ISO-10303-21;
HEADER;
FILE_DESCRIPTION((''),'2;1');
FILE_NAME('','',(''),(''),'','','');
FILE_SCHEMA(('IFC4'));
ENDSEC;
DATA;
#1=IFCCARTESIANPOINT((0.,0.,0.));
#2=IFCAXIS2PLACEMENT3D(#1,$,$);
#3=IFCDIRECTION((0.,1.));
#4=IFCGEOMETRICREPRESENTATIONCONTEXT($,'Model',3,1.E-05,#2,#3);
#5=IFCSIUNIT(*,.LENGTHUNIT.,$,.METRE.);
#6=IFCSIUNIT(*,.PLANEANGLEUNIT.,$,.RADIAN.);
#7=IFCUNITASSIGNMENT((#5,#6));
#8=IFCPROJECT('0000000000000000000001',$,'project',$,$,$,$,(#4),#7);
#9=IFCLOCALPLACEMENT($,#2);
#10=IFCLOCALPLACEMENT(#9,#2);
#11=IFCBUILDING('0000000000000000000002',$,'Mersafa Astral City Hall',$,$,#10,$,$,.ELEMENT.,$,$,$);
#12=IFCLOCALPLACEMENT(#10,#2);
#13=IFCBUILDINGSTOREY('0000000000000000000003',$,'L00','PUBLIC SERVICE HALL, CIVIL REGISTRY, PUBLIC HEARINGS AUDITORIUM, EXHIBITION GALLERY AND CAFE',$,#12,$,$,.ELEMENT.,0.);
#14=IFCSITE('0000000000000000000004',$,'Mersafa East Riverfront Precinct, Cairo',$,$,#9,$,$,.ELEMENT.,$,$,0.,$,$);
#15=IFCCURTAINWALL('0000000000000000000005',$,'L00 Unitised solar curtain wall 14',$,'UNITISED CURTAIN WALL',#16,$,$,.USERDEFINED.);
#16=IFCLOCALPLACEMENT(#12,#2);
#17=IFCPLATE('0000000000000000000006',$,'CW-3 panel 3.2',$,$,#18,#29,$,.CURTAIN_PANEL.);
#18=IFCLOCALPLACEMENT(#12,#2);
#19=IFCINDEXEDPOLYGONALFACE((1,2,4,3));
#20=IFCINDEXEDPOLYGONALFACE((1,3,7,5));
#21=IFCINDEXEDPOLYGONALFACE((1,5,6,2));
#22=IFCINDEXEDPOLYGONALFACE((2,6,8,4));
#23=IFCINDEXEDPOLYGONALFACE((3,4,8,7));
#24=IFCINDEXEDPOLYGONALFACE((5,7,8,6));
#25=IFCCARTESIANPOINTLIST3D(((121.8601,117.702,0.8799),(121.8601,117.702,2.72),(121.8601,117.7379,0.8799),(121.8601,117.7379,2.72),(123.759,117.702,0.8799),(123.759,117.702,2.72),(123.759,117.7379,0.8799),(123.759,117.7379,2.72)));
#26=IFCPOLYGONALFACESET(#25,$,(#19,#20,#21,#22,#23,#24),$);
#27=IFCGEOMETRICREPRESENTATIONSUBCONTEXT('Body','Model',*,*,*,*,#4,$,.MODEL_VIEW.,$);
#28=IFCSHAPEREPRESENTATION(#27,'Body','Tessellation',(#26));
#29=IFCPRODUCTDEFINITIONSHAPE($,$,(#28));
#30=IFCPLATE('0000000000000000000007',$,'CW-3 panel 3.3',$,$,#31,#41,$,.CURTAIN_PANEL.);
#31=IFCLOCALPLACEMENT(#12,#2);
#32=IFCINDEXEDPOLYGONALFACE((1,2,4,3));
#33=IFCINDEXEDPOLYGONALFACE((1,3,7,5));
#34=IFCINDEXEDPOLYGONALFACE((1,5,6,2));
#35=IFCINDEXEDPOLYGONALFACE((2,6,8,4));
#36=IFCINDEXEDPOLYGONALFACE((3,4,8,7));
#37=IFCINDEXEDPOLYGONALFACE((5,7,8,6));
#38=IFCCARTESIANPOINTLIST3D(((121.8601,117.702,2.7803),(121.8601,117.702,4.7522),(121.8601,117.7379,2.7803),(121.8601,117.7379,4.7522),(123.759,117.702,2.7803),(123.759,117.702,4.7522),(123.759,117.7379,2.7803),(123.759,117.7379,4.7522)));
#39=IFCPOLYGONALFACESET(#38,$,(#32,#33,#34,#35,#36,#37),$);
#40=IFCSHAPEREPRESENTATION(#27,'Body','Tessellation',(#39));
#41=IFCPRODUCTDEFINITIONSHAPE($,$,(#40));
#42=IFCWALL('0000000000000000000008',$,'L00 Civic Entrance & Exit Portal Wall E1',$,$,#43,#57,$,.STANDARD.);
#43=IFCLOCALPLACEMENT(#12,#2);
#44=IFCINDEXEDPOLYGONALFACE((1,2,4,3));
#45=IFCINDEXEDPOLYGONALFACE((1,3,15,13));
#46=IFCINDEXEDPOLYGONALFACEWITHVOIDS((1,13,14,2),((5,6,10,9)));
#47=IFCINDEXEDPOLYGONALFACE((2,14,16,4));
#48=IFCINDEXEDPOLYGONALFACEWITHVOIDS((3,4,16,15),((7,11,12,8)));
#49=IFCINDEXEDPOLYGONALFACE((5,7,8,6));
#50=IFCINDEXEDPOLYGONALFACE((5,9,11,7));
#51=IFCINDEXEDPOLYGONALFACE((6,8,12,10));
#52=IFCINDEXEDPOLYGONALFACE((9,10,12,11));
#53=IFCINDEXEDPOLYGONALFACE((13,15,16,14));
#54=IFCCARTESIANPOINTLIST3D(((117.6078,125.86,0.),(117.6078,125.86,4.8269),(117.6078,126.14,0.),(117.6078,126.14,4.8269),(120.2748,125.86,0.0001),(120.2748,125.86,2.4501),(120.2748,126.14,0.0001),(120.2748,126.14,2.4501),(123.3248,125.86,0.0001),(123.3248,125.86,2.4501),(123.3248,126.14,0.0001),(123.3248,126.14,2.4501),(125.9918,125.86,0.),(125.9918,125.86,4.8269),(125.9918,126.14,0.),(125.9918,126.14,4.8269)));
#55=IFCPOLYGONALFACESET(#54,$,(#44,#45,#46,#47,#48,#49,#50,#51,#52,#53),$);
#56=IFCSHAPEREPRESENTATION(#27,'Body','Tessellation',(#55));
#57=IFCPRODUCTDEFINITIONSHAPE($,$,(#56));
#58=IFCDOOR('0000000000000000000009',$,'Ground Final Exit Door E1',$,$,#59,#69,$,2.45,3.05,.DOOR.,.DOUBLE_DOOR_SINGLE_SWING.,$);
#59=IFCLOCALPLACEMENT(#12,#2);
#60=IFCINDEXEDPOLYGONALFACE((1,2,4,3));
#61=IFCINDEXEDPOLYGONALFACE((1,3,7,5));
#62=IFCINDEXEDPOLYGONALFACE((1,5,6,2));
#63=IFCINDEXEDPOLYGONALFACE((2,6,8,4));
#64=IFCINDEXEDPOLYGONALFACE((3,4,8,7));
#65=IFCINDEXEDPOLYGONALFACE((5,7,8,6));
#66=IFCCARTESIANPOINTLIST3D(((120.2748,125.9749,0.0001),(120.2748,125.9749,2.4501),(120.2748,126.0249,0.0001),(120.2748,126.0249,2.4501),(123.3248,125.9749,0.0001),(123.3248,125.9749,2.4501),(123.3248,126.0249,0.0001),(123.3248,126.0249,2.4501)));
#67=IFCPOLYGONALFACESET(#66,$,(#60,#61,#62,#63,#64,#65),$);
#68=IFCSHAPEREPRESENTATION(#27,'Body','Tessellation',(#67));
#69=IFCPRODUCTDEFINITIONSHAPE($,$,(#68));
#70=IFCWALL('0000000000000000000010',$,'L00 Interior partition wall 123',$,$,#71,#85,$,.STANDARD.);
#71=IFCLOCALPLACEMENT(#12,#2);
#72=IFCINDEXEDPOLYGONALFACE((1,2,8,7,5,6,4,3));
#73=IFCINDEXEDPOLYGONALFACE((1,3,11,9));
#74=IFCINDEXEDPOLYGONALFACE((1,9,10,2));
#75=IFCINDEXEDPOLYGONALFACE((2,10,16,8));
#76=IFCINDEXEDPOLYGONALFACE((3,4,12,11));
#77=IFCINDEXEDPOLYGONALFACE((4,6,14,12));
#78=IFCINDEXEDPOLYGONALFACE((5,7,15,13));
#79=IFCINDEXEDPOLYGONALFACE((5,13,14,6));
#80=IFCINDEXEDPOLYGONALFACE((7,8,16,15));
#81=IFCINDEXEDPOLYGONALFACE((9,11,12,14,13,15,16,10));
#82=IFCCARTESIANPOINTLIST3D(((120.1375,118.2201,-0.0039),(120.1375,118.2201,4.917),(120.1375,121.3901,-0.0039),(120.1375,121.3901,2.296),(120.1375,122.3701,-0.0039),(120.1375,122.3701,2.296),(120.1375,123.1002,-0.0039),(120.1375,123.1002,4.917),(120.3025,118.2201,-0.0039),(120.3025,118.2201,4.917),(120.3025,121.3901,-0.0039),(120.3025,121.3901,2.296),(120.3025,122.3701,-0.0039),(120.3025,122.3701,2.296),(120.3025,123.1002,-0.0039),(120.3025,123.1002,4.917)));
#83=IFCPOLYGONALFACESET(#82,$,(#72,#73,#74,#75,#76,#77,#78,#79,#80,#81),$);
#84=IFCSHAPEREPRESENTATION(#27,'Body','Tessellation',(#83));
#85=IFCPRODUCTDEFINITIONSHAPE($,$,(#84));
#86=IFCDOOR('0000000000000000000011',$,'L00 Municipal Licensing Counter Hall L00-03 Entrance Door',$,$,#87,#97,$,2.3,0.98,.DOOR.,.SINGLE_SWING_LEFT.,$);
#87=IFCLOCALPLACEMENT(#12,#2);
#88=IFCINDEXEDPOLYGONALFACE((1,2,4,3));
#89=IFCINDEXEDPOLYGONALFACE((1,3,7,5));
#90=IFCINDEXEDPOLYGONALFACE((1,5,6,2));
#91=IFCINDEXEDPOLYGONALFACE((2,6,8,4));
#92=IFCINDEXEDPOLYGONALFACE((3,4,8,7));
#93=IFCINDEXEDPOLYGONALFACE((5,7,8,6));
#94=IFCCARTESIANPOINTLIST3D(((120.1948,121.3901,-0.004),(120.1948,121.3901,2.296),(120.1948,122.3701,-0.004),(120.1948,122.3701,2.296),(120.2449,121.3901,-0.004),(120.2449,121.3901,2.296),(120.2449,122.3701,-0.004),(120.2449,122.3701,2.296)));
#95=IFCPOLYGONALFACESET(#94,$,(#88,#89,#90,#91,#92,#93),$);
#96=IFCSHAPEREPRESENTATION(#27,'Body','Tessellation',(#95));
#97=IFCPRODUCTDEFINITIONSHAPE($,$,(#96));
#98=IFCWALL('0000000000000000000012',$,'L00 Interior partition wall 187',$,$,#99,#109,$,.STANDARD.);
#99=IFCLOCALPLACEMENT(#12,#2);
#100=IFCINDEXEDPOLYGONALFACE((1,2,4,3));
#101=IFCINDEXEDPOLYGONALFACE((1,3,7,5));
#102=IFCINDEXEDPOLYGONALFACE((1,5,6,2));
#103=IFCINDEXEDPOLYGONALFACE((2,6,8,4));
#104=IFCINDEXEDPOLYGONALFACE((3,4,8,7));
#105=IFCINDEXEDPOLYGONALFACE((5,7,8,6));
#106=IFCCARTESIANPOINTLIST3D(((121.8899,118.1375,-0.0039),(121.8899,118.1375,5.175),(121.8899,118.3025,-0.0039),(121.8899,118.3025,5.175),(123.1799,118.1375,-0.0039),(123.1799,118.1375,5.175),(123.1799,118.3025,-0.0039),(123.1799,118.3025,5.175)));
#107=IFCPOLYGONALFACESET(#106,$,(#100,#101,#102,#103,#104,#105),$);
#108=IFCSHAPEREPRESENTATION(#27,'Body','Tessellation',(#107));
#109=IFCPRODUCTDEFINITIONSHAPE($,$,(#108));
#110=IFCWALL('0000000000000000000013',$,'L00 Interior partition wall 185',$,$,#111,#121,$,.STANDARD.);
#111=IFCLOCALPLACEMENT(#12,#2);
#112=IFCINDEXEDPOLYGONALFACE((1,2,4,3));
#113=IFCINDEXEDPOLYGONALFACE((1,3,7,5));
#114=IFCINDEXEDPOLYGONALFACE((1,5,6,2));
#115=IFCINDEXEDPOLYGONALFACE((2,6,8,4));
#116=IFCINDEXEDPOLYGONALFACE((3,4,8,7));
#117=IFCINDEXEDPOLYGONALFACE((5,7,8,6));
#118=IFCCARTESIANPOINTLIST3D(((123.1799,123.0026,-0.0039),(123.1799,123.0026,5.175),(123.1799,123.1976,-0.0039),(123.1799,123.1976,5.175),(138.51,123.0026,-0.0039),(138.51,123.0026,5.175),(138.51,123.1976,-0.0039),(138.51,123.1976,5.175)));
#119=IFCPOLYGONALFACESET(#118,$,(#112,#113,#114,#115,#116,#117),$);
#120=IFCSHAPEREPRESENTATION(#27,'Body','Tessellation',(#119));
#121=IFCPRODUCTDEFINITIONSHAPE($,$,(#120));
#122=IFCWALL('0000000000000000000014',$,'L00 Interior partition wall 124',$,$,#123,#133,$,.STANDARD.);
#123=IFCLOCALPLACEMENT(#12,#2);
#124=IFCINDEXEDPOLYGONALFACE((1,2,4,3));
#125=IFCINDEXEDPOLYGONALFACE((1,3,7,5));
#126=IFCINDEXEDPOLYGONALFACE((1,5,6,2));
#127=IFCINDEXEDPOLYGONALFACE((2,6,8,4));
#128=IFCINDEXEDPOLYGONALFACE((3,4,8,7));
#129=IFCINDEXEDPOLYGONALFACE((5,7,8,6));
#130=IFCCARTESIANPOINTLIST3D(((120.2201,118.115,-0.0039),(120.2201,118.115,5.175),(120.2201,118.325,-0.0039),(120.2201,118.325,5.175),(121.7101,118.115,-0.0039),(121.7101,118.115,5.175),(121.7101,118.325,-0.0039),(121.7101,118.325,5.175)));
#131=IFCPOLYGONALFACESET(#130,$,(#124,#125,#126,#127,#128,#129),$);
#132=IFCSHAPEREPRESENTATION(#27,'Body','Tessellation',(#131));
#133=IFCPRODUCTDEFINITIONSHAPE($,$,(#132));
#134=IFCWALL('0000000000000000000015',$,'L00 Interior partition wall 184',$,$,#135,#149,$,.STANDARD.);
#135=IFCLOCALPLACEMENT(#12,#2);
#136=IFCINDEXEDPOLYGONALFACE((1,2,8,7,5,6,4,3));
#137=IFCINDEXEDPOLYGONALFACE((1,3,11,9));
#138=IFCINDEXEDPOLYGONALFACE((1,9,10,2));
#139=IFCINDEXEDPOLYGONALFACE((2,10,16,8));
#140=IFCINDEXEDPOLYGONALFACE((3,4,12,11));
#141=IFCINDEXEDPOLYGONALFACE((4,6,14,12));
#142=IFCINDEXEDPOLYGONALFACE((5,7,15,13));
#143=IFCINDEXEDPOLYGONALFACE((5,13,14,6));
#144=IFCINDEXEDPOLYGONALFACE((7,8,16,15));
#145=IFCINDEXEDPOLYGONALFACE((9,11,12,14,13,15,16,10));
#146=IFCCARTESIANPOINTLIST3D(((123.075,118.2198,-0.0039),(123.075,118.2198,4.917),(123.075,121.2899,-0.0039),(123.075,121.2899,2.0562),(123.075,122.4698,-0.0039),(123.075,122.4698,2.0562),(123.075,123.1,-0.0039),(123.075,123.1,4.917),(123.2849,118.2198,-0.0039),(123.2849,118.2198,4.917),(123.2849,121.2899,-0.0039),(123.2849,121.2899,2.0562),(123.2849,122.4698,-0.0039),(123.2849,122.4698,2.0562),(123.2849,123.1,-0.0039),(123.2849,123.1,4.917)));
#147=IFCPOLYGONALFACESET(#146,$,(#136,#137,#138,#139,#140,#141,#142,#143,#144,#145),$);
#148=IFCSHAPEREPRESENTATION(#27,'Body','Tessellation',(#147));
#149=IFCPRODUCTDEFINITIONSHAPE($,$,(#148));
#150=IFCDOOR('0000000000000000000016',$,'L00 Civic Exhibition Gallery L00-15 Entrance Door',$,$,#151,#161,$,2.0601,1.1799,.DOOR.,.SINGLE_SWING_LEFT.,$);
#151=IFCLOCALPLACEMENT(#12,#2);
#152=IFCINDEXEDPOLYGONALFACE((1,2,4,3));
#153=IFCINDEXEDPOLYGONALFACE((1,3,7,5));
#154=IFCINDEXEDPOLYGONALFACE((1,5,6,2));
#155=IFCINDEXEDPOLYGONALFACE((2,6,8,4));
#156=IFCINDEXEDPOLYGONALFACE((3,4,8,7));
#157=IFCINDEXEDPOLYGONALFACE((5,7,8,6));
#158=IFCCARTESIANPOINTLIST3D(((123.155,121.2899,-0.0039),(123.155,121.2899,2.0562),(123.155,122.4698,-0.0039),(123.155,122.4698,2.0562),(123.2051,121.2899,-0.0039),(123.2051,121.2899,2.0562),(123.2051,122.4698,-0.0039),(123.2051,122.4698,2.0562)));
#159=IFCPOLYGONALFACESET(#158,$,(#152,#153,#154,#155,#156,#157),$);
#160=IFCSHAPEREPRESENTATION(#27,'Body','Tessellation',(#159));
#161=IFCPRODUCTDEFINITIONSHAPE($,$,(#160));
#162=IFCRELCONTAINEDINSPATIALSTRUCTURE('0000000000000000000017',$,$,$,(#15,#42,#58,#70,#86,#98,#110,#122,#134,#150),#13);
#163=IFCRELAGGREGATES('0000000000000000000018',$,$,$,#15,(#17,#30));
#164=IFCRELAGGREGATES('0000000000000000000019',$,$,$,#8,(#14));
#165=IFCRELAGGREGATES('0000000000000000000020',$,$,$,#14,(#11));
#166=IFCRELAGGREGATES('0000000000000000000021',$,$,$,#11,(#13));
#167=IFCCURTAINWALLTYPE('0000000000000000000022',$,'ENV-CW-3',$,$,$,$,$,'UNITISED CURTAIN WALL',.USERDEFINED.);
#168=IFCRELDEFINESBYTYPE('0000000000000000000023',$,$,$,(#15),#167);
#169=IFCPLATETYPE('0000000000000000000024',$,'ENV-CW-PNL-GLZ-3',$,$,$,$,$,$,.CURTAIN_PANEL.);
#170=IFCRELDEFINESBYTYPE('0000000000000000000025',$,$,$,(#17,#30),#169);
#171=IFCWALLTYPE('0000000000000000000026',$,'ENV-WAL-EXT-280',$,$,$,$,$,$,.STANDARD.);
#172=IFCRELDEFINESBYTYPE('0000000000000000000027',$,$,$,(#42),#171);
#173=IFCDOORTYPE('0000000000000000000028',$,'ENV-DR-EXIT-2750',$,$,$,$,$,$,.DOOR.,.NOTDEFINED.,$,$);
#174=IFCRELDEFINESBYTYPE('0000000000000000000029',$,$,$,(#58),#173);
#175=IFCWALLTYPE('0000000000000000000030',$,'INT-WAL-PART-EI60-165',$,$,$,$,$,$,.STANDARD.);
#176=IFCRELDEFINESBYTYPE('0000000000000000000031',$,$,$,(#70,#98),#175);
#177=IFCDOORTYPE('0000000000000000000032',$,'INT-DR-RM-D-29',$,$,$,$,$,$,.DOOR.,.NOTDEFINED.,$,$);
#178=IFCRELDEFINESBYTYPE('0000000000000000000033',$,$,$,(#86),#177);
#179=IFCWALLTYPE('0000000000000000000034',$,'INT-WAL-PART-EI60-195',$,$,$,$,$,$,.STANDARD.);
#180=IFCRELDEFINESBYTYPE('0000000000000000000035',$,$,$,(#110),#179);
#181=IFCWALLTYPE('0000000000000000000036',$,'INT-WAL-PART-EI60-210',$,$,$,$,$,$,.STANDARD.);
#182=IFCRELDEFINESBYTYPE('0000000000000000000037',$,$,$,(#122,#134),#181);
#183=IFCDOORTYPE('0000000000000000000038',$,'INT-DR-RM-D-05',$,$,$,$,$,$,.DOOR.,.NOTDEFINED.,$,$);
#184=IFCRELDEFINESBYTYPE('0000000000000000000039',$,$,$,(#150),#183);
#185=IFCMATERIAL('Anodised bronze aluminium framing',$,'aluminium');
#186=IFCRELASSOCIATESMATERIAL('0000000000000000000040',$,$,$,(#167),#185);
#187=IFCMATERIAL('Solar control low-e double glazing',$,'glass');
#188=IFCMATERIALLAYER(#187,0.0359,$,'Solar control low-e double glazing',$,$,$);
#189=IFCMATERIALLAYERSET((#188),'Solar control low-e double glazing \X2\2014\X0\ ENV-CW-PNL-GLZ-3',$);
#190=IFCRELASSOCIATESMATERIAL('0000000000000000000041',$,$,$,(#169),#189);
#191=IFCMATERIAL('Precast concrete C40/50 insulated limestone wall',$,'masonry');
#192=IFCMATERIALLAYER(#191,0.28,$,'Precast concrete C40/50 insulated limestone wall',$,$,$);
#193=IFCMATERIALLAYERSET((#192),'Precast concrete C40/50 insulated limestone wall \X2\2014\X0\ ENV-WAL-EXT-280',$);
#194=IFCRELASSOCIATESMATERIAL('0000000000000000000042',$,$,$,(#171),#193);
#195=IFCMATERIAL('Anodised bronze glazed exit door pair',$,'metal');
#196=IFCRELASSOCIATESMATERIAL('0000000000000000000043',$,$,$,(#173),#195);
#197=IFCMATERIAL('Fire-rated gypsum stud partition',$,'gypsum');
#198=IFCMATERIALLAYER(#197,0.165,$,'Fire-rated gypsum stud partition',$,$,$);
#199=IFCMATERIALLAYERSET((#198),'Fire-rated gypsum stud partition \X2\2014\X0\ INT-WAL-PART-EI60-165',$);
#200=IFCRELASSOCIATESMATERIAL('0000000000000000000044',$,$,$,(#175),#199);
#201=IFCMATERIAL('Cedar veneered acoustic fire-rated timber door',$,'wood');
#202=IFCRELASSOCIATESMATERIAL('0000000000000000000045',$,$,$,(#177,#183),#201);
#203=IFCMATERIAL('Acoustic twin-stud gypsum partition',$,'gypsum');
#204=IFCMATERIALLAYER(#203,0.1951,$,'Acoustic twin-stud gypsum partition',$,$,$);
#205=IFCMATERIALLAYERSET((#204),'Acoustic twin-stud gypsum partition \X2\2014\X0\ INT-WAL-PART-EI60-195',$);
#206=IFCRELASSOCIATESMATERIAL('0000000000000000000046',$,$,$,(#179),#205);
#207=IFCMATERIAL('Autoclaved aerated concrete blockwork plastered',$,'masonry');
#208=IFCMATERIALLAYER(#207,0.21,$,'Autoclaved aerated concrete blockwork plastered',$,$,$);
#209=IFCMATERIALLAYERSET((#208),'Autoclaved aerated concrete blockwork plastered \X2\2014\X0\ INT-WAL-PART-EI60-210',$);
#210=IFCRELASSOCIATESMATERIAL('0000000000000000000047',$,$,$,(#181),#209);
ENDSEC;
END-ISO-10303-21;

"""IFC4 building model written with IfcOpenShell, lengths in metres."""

from ifc_helpers import new_model, si_unit, direction, frame, frame_2d, origin, origin_2d, place, context, subcontext, project, spatial, rectangle, extrude, material, layer, layer_set, type_object, element, fill, aggregate, save


model = new_model("IFC4")

# Units and contexts
model_context = context("Model", 3, precision=1e-05, world=origin(), true_north=direction((0.0, 1.0)))
body_context = subcontext(model_context, "Body", "Model", "MODEL_VIEW")
ifc_project = project(units=[si_unit("LENGTHUNIT", "METRE"), si_unit("PLANEANGLEUNIT", "RADIAN")], contexts=[model_context])

# Site, building, storey
site_placement = place(None, origin())
site = spatial("IfcSite", under=ifc_project, at=site_placement, Name="Mersafa East Riverfront Precinct, Cairo", CompositionType="ELEMENT", RefElevation=0.0)
building_placement = place(site_placement, origin())
building = spatial("IfcBuilding", under=site, at=building_placement, Name="Mersafa Astral City Hall", CompositionType="ELEMENT")
storey_placement = place(building_placement, origin())
storey = spatial("IfcBuildingStorey", under=building, at=storey_placement, Name="L00", Description="PUBLIC SERVICE HALL, CIVIL REGISTRY, PUBLIC HEARINGS AUDITORIUM, EXHIBITION GALLERY AND CAFE", CompositionType="ELEMENT", Elevation=0.0)

# Curtain wall
ifc_material_1 = material(Name="Anodised bronze aluminium framing", Category="aluminium")
curtain_wall_type = type_object("IfcCurtainWallType", Name="ENV-CW-3", ElementType="UNITISED CURTAIN WALL", PredefinedType="USERDEFINED", material=ifc_material_1)
curtain_wall_placement = place(storey_placement, origin())
curtain_wall = element("IfcCurtainWall", 1, at=curtain_wall_placement, inside=storey, type_object=curtain_wall_type, Name="L00 Unitised solar curtain wall 14", ObjectType="UNITISED CURTAIN WALL", PredefinedType="USERDEFINED")

# Plates
ifc_material_2 = material(Name="Solar control low-e double glazing", Category="glass")
ifc_layer_1 = layer(ifc_material_2, 0.0359, Name="Solar control low-e double glazing")
ifc_layer_set_1 = layer_set([ifc_layer_1], Name="Solar control low-e double glazing — ENV-CW-PNL-GLZ-3")
plate_type = type_object("IfcPlateType", Name="ENV-CW-PNL-GLZ-3", PredefinedType="CURTAIN_PANEL", material=ifc_layer_set_1)
plate_1_placement = place(storey_placement, frame((122.8096, 117.72, 0.8799), z_axis=(0.0, 0.0, 1.0), x_axis=(1.0, 0.0, 0.0)))
plate_1 = element("IfcPlate", 2, at=plate_1_placement, type_object=plate_type, Name="CW-3 panel 3.2", PredefinedType="CURTAIN_PANEL", context=body_context, shape_type="SweptSolid", body=[
    extrude(rectangle(XDim=1.8989, YDim=0.0359, at=origin_2d()), origin(), (0.0, 0.0, 1.0), 1.8401),
])
plate_2_placement = place(storey_placement, frame((122.8096, 117.72, 2.7803), z_axis=(0.0, 0.0, 1.0), x_axis=(1.0, 0.0, 0.0)))
plate_2 = element("IfcPlate", 3, at=plate_2_placement, type_object=plate_type, Name="CW-3 panel 3.3", PredefinedType="CURTAIN_PANEL", context=body_context, shape_type="SweptSolid", body=[
    extrude(rectangle(XDim=1.8989, YDim=0.0359, at=origin_2d()), origin(), (0.0, 0.0, 1.0), 1.9719),
])
aggregate(curtain_wall, [plate_1, plate_2])

# Walls, openings, doors
ifc_material_3 = material(Name="Precast concrete C40/50 insulated limestone wall", Category="masonry")
ifc_layer_2 = layer(ifc_material_3, 0.28, Name="Precast concrete C40/50 insulated limestone wall")
ifc_layer_set_2 = layer_set([ifc_layer_2], Name="Precast concrete C40/50 insulated limestone wall — ENV-WAL-EXT-280")
wall_type_1 = type_object("IfcWallType", Name="ENV-WAL-EXT-280", PredefinedType="STANDARD", material=ifc_layer_set_2)
wall_1_placement = place(storey_placement, frame((117.6079, 126.0, 0.0), z_axis=(0.0, 0.0, 1.0), x_axis=(1.0, 0.0, 0.0)))
wall_1 = element("IfcWall", 4, at=wall_1_placement, inside=storey, type_object=wall_type_1, Name="L00 Civic Entrance & Exit Portal Wall E1", PredefinedType="STANDARD", context=body_context, shape_type="SweptSolid", body=[
    extrude(rectangle(XDim=8.384, YDim=0.28, at=frame_2d((4.1919, 0.0))), origin(), (0.0, 0.0, 1.0), 4.8269),
])
opening_1_placement = place(wall_1_placement, frame((2.667, 0.0, 0.0)))
opening_1 = element("IfcOpeningElement", 5, at=opening_1_placement, cuts=wall_1, PredefinedType="OPENING", context=body_context, shape_type="SweptSolid", body=[
    extrude(rectangle(XDim=3.05, YDim=2.45, at=frame_2d((1.5249, 1.2251))), frame((0.0, 0.1499, 0.0), z_axis=(0.0, -1.0, 0.0), x_axis=(1.0, 0.0, 0.0)), (0.0, 0.0, 1.0), 0.3),
])
ifc_material_4 = material(Name="Anodised bronze glazed exit door pair", Category="metal")
door_type_1 = type_object("IfcDoorType", Name="ENV-DR-EXIT-2750", OperationType="NOTDEFINED", PredefinedType="DOOR", material=ifc_material_4)
door_1_placement = place(opening_1_placement, origin())
door_1 = element("IfcDoor", 6, at=door_1_placement, inside=storey, type_object=door_type_1, Name="Ground Final Exit Door E1", OperationType="DOUBLE_DOOR_SINGLE_SWING", OverallHeight=2.45, OverallWidth=3.05, PredefinedType="DOOR", context=body_context, shape_type="SweptSolid", body=[
    extrude(rectangle(XDim=3.05, YDim=2.45, at=frame_2d((1.5249, 1.2251))), frame((0.0, 0.0249, 0.0), z_axis=(0.0, -1.0, 0.0), x_axis=(1.0, 0.0, 0.0)), (0.0, 0.0, 1.0), 0.05),
])
fill(opening_1, door_1)
ifc_material_5 = material(Name="Fire-rated gypsum stud partition", Category="gypsum")
ifc_layer_3 = layer(ifc_material_5, 0.165, Name="Fire-rated gypsum stud partition")
ifc_layer_set_3 = layer_set([ifc_layer_3], Name="Fire-rated gypsum stud partition — INT-WAL-PART-EI60-165")
wall_type_2 = type_object("IfcWallType", Name="INT-WAL-PART-EI60-165", PredefinedType="STANDARD", material=ifc_layer_set_3)
wall_2_placement = place(storey_placement, frame((120.22, 123.1001, -0.0039), z_axis=(0.0, 0.0, 1.0), x_axis=(0.0, -1.0, 0.0)))
wall_2 = element("IfcWall", 7, at=wall_2_placement, inside=storey, type_object=wall_type_2, Name="L00 Interior partition wall 123", PredefinedType="STANDARD", context=body_context, shape_type="SweptSolid", body=[
    extrude(rectangle(XDim=4.8801, YDim=0.165, at=frame_2d((2.4399, 0.0))), origin(), (0.0, 0.0, 1.0), 4.9209),
])
opening_2_placement = place(wall_2_placement, frame((0.73, 0.0, 0.0)))
opening_2 = element("IfcOpeningElement", 8, at=opening_2_placement, cuts=wall_2, PredefinedType="OPENING", context=body_context, shape_type="SweptSolid", body=[
    extrude(rectangle(XDim=0.98, YDim=2.3, at=frame_2d((0.49, 1.1499))), frame((0.0, 0.0925, 0.0), z_axis=(0.0, -1.0, 0.0), x_axis=(1.0, 0.0, 0.0)), (0.0, 0.0, 1.0), 0.1851),
])
ifc_material_6 = material(Name="Cedar veneered acoustic fire-rated timber door", Category="wood")
door_type_2 = type_object("IfcDoorType", Name="INT-DR-RM-D-29", OperationType="NOTDEFINED", PredefinedType="DOOR", material=ifc_material_6)
door_2_placement = place(opening_2_placement, origin())
door_2 = element("IfcDoor", 9, at=door_2_placement, inside=storey, type_object=door_type_2, Name="L00 Municipal Licensing Counter Hall L00-03 Entrance Door", OperationType="SINGLE_SWING_LEFT", OverallHeight=2.3, OverallWidth=0.98, PredefinedType="DOOR", context=body_context, shape_type="SweptSolid", body=[
    extrude(rectangle(XDim=0.98, YDim=2.3, at=frame_2d((0.49, 1.1499))), frame((0.0, 0.0249, 0.0), z_axis=(0.0, -1.0, 0.0), x_axis=(1.0, 0.0, 0.0)), (0.0, 0.0, 1.0), 0.05),
])
fill(opening_2, door_2)

# Walls
wall_3_placement = place(storey_placement, frame((121.8899, 118.22, -0.0039), z_axis=(0.0, 0.0, 1.0), x_axis=(1.0, 0.0, 0.0)))
element("IfcWall", 10, at=wall_3_placement, inside=storey, type_object=wall_type_2, Name="L00 Interior partition wall 187", PredefinedType="STANDARD", context=body_context, shape_type="SweptSolid", body=[
    extrude(rectangle(XDim=1.29, YDim=0.165, at=frame_2d((0.645, 0.0))), origin(), (0.0, 0.0, 1.0), 5.179),
])
ifc_material_7 = material(Name="Acoustic twin-stud gypsum partition", Category="gypsum")
ifc_layer_4 = layer(ifc_material_7, 0.1951, Name="Acoustic twin-stud gypsum partition")
ifc_layer_set_4 = layer_set([ifc_layer_4], Name="Acoustic twin-stud gypsum partition — INT-WAL-PART-EI60-195")
wall_type_3 = type_object("IfcWallType", Name="INT-WAL-PART-EI60-195", PredefinedType="STANDARD", material=ifc_layer_set_4)
wall_4_placement = place(storey_placement, frame((123.1799, 123.1001, -0.0039), z_axis=(0.0, 0.0, 1.0), x_axis=(1.0, 0.0, 0.0)))
element("IfcWall", 11, at=wall_4_placement, inside=storey, type_object=wall_type_3, Name="L00 Interior partition wall 185", PredefinedType="STANDARD", context=body_context, shape_type="SweptSolid", body=[
    extrude(rectangle(XDim=15.3301, YDim=0.1951, at=frame_2d((7.665, 0.0))), origin(), (0.0, 0.0, 1.0), 5.179),
])
ifc_material_8 = material(Name="Autoclaved aerated concrete blockwork plastered", Category="masonry")
ifc_layer_5 = layer(ifc_material_8, 0.21, Name="Autoclaved aerated concrete blockwork plastered")
ifc_layer_set_5 = layer_set([ifc_layer_5], Name="Autoclaved aerated concrete blockwork plastered — INT-WAL-PART-EI60-210")
wall_type_4 = type_object("IfcWallType", Name="INT-WAL-PART-EI60-210", PredefinedType="STANDARD", material=ifc_layer_set_5)
wall_5_placement = place(storey_placement, frame((120.22, 118.22, -0.0039), z_axis=(0.0, 0.0, 1.0), x_axis=(1.0, 0.0, 0.0)))
element("IfcWall", 12, at=wall_5_placement, inside=storey, type_object=wall_type_4, Name="L00 Interior partition wall 124", PredefinedType="STANDARD", context=body_context, shape_type="SweptSolid", body=[
    extrude(rectangle(XDim=1.49, YDim=0.21, at=frame_2d((0.7451, 0.0))), origin(), (0.0, 0.0, 1.0), 5.179),
])

# Wall, opening, door
wall_6_placement = place(storey_placement, frame((123.1799, 118.22, -0.0039), z_axis=(0.0, 0.0, 1.0), x_axis=(0.0, 1.0, 0.0)))
wall_6 = element("IfcWall", 13, at=wall_6_placement, inside=storey, type_object=wall_type_4, Name="L00 Interior partition wall 184", PredefinedType="STANDARD", context=body_context, shape_type="SweptSolid", body=[
    extrude(rectangle(XDim=4.8801, YDim=0.21, at=frame_2d((2.4399, 0.0))), origin(), (0.0, 0.0, 1.0), 4.9209),
])
opening_3_placement = place(wall_6_placement, frame((3.0701, 0.0, 0.0)))
opening_3 = element("IfcOpeningElement", 14, at=opening_3_placement, cuts=wall_6, PredefinedType="OPENING", context=body_context, shape_type="SweptSolid", body=[
    extrude(rectangle(XDim=1.1799, YDim=2.0601, at=frame_2d((0.5898, 1.03))), frame((0.0, 0.115, 0.0), z_axis=(0.0, -1.0, 0.0), x_axis=(1.0, 0.0, 0.0)), (0.0, 0.0, 1.0), 0.23),
])
door_type_3 = type_object("IfcDoorType", Name="INT-DR-RM-D-05", OperationType="NOTDEFINED", PredefinedType="DOOR", material=ifc_material_6)
door_3_placement = place(opening_3_placement, origin())
door_3 = element("IfcDoor", 15, at=door_3_placement, inside=storey, type_object=door_type_3, Name="L00 Civic Exhibition Gallery L00-15 Entrance Door", OperationType="SINGLE_SWING_LEFT", OverallHeight=2.0601, OverallWidth=1.1799, PredefinedType="DOOR", context=body_context, shape_type="SweptSolid", body=[
    extrude(rectangle(XDim=1.1799, YDim=2.0601, at=frame_2d((0.5898, 1.03))), frame((0.0, 0.0249, 0.0), z_axis=(0.0, -1.0, 0.0), x_axis=(1.0, 0.0, 0.0)), (0.0, 0.0, 1.0), 0.05),
])
fill(opening_3, door_3)

save(model, "model.ifc")
